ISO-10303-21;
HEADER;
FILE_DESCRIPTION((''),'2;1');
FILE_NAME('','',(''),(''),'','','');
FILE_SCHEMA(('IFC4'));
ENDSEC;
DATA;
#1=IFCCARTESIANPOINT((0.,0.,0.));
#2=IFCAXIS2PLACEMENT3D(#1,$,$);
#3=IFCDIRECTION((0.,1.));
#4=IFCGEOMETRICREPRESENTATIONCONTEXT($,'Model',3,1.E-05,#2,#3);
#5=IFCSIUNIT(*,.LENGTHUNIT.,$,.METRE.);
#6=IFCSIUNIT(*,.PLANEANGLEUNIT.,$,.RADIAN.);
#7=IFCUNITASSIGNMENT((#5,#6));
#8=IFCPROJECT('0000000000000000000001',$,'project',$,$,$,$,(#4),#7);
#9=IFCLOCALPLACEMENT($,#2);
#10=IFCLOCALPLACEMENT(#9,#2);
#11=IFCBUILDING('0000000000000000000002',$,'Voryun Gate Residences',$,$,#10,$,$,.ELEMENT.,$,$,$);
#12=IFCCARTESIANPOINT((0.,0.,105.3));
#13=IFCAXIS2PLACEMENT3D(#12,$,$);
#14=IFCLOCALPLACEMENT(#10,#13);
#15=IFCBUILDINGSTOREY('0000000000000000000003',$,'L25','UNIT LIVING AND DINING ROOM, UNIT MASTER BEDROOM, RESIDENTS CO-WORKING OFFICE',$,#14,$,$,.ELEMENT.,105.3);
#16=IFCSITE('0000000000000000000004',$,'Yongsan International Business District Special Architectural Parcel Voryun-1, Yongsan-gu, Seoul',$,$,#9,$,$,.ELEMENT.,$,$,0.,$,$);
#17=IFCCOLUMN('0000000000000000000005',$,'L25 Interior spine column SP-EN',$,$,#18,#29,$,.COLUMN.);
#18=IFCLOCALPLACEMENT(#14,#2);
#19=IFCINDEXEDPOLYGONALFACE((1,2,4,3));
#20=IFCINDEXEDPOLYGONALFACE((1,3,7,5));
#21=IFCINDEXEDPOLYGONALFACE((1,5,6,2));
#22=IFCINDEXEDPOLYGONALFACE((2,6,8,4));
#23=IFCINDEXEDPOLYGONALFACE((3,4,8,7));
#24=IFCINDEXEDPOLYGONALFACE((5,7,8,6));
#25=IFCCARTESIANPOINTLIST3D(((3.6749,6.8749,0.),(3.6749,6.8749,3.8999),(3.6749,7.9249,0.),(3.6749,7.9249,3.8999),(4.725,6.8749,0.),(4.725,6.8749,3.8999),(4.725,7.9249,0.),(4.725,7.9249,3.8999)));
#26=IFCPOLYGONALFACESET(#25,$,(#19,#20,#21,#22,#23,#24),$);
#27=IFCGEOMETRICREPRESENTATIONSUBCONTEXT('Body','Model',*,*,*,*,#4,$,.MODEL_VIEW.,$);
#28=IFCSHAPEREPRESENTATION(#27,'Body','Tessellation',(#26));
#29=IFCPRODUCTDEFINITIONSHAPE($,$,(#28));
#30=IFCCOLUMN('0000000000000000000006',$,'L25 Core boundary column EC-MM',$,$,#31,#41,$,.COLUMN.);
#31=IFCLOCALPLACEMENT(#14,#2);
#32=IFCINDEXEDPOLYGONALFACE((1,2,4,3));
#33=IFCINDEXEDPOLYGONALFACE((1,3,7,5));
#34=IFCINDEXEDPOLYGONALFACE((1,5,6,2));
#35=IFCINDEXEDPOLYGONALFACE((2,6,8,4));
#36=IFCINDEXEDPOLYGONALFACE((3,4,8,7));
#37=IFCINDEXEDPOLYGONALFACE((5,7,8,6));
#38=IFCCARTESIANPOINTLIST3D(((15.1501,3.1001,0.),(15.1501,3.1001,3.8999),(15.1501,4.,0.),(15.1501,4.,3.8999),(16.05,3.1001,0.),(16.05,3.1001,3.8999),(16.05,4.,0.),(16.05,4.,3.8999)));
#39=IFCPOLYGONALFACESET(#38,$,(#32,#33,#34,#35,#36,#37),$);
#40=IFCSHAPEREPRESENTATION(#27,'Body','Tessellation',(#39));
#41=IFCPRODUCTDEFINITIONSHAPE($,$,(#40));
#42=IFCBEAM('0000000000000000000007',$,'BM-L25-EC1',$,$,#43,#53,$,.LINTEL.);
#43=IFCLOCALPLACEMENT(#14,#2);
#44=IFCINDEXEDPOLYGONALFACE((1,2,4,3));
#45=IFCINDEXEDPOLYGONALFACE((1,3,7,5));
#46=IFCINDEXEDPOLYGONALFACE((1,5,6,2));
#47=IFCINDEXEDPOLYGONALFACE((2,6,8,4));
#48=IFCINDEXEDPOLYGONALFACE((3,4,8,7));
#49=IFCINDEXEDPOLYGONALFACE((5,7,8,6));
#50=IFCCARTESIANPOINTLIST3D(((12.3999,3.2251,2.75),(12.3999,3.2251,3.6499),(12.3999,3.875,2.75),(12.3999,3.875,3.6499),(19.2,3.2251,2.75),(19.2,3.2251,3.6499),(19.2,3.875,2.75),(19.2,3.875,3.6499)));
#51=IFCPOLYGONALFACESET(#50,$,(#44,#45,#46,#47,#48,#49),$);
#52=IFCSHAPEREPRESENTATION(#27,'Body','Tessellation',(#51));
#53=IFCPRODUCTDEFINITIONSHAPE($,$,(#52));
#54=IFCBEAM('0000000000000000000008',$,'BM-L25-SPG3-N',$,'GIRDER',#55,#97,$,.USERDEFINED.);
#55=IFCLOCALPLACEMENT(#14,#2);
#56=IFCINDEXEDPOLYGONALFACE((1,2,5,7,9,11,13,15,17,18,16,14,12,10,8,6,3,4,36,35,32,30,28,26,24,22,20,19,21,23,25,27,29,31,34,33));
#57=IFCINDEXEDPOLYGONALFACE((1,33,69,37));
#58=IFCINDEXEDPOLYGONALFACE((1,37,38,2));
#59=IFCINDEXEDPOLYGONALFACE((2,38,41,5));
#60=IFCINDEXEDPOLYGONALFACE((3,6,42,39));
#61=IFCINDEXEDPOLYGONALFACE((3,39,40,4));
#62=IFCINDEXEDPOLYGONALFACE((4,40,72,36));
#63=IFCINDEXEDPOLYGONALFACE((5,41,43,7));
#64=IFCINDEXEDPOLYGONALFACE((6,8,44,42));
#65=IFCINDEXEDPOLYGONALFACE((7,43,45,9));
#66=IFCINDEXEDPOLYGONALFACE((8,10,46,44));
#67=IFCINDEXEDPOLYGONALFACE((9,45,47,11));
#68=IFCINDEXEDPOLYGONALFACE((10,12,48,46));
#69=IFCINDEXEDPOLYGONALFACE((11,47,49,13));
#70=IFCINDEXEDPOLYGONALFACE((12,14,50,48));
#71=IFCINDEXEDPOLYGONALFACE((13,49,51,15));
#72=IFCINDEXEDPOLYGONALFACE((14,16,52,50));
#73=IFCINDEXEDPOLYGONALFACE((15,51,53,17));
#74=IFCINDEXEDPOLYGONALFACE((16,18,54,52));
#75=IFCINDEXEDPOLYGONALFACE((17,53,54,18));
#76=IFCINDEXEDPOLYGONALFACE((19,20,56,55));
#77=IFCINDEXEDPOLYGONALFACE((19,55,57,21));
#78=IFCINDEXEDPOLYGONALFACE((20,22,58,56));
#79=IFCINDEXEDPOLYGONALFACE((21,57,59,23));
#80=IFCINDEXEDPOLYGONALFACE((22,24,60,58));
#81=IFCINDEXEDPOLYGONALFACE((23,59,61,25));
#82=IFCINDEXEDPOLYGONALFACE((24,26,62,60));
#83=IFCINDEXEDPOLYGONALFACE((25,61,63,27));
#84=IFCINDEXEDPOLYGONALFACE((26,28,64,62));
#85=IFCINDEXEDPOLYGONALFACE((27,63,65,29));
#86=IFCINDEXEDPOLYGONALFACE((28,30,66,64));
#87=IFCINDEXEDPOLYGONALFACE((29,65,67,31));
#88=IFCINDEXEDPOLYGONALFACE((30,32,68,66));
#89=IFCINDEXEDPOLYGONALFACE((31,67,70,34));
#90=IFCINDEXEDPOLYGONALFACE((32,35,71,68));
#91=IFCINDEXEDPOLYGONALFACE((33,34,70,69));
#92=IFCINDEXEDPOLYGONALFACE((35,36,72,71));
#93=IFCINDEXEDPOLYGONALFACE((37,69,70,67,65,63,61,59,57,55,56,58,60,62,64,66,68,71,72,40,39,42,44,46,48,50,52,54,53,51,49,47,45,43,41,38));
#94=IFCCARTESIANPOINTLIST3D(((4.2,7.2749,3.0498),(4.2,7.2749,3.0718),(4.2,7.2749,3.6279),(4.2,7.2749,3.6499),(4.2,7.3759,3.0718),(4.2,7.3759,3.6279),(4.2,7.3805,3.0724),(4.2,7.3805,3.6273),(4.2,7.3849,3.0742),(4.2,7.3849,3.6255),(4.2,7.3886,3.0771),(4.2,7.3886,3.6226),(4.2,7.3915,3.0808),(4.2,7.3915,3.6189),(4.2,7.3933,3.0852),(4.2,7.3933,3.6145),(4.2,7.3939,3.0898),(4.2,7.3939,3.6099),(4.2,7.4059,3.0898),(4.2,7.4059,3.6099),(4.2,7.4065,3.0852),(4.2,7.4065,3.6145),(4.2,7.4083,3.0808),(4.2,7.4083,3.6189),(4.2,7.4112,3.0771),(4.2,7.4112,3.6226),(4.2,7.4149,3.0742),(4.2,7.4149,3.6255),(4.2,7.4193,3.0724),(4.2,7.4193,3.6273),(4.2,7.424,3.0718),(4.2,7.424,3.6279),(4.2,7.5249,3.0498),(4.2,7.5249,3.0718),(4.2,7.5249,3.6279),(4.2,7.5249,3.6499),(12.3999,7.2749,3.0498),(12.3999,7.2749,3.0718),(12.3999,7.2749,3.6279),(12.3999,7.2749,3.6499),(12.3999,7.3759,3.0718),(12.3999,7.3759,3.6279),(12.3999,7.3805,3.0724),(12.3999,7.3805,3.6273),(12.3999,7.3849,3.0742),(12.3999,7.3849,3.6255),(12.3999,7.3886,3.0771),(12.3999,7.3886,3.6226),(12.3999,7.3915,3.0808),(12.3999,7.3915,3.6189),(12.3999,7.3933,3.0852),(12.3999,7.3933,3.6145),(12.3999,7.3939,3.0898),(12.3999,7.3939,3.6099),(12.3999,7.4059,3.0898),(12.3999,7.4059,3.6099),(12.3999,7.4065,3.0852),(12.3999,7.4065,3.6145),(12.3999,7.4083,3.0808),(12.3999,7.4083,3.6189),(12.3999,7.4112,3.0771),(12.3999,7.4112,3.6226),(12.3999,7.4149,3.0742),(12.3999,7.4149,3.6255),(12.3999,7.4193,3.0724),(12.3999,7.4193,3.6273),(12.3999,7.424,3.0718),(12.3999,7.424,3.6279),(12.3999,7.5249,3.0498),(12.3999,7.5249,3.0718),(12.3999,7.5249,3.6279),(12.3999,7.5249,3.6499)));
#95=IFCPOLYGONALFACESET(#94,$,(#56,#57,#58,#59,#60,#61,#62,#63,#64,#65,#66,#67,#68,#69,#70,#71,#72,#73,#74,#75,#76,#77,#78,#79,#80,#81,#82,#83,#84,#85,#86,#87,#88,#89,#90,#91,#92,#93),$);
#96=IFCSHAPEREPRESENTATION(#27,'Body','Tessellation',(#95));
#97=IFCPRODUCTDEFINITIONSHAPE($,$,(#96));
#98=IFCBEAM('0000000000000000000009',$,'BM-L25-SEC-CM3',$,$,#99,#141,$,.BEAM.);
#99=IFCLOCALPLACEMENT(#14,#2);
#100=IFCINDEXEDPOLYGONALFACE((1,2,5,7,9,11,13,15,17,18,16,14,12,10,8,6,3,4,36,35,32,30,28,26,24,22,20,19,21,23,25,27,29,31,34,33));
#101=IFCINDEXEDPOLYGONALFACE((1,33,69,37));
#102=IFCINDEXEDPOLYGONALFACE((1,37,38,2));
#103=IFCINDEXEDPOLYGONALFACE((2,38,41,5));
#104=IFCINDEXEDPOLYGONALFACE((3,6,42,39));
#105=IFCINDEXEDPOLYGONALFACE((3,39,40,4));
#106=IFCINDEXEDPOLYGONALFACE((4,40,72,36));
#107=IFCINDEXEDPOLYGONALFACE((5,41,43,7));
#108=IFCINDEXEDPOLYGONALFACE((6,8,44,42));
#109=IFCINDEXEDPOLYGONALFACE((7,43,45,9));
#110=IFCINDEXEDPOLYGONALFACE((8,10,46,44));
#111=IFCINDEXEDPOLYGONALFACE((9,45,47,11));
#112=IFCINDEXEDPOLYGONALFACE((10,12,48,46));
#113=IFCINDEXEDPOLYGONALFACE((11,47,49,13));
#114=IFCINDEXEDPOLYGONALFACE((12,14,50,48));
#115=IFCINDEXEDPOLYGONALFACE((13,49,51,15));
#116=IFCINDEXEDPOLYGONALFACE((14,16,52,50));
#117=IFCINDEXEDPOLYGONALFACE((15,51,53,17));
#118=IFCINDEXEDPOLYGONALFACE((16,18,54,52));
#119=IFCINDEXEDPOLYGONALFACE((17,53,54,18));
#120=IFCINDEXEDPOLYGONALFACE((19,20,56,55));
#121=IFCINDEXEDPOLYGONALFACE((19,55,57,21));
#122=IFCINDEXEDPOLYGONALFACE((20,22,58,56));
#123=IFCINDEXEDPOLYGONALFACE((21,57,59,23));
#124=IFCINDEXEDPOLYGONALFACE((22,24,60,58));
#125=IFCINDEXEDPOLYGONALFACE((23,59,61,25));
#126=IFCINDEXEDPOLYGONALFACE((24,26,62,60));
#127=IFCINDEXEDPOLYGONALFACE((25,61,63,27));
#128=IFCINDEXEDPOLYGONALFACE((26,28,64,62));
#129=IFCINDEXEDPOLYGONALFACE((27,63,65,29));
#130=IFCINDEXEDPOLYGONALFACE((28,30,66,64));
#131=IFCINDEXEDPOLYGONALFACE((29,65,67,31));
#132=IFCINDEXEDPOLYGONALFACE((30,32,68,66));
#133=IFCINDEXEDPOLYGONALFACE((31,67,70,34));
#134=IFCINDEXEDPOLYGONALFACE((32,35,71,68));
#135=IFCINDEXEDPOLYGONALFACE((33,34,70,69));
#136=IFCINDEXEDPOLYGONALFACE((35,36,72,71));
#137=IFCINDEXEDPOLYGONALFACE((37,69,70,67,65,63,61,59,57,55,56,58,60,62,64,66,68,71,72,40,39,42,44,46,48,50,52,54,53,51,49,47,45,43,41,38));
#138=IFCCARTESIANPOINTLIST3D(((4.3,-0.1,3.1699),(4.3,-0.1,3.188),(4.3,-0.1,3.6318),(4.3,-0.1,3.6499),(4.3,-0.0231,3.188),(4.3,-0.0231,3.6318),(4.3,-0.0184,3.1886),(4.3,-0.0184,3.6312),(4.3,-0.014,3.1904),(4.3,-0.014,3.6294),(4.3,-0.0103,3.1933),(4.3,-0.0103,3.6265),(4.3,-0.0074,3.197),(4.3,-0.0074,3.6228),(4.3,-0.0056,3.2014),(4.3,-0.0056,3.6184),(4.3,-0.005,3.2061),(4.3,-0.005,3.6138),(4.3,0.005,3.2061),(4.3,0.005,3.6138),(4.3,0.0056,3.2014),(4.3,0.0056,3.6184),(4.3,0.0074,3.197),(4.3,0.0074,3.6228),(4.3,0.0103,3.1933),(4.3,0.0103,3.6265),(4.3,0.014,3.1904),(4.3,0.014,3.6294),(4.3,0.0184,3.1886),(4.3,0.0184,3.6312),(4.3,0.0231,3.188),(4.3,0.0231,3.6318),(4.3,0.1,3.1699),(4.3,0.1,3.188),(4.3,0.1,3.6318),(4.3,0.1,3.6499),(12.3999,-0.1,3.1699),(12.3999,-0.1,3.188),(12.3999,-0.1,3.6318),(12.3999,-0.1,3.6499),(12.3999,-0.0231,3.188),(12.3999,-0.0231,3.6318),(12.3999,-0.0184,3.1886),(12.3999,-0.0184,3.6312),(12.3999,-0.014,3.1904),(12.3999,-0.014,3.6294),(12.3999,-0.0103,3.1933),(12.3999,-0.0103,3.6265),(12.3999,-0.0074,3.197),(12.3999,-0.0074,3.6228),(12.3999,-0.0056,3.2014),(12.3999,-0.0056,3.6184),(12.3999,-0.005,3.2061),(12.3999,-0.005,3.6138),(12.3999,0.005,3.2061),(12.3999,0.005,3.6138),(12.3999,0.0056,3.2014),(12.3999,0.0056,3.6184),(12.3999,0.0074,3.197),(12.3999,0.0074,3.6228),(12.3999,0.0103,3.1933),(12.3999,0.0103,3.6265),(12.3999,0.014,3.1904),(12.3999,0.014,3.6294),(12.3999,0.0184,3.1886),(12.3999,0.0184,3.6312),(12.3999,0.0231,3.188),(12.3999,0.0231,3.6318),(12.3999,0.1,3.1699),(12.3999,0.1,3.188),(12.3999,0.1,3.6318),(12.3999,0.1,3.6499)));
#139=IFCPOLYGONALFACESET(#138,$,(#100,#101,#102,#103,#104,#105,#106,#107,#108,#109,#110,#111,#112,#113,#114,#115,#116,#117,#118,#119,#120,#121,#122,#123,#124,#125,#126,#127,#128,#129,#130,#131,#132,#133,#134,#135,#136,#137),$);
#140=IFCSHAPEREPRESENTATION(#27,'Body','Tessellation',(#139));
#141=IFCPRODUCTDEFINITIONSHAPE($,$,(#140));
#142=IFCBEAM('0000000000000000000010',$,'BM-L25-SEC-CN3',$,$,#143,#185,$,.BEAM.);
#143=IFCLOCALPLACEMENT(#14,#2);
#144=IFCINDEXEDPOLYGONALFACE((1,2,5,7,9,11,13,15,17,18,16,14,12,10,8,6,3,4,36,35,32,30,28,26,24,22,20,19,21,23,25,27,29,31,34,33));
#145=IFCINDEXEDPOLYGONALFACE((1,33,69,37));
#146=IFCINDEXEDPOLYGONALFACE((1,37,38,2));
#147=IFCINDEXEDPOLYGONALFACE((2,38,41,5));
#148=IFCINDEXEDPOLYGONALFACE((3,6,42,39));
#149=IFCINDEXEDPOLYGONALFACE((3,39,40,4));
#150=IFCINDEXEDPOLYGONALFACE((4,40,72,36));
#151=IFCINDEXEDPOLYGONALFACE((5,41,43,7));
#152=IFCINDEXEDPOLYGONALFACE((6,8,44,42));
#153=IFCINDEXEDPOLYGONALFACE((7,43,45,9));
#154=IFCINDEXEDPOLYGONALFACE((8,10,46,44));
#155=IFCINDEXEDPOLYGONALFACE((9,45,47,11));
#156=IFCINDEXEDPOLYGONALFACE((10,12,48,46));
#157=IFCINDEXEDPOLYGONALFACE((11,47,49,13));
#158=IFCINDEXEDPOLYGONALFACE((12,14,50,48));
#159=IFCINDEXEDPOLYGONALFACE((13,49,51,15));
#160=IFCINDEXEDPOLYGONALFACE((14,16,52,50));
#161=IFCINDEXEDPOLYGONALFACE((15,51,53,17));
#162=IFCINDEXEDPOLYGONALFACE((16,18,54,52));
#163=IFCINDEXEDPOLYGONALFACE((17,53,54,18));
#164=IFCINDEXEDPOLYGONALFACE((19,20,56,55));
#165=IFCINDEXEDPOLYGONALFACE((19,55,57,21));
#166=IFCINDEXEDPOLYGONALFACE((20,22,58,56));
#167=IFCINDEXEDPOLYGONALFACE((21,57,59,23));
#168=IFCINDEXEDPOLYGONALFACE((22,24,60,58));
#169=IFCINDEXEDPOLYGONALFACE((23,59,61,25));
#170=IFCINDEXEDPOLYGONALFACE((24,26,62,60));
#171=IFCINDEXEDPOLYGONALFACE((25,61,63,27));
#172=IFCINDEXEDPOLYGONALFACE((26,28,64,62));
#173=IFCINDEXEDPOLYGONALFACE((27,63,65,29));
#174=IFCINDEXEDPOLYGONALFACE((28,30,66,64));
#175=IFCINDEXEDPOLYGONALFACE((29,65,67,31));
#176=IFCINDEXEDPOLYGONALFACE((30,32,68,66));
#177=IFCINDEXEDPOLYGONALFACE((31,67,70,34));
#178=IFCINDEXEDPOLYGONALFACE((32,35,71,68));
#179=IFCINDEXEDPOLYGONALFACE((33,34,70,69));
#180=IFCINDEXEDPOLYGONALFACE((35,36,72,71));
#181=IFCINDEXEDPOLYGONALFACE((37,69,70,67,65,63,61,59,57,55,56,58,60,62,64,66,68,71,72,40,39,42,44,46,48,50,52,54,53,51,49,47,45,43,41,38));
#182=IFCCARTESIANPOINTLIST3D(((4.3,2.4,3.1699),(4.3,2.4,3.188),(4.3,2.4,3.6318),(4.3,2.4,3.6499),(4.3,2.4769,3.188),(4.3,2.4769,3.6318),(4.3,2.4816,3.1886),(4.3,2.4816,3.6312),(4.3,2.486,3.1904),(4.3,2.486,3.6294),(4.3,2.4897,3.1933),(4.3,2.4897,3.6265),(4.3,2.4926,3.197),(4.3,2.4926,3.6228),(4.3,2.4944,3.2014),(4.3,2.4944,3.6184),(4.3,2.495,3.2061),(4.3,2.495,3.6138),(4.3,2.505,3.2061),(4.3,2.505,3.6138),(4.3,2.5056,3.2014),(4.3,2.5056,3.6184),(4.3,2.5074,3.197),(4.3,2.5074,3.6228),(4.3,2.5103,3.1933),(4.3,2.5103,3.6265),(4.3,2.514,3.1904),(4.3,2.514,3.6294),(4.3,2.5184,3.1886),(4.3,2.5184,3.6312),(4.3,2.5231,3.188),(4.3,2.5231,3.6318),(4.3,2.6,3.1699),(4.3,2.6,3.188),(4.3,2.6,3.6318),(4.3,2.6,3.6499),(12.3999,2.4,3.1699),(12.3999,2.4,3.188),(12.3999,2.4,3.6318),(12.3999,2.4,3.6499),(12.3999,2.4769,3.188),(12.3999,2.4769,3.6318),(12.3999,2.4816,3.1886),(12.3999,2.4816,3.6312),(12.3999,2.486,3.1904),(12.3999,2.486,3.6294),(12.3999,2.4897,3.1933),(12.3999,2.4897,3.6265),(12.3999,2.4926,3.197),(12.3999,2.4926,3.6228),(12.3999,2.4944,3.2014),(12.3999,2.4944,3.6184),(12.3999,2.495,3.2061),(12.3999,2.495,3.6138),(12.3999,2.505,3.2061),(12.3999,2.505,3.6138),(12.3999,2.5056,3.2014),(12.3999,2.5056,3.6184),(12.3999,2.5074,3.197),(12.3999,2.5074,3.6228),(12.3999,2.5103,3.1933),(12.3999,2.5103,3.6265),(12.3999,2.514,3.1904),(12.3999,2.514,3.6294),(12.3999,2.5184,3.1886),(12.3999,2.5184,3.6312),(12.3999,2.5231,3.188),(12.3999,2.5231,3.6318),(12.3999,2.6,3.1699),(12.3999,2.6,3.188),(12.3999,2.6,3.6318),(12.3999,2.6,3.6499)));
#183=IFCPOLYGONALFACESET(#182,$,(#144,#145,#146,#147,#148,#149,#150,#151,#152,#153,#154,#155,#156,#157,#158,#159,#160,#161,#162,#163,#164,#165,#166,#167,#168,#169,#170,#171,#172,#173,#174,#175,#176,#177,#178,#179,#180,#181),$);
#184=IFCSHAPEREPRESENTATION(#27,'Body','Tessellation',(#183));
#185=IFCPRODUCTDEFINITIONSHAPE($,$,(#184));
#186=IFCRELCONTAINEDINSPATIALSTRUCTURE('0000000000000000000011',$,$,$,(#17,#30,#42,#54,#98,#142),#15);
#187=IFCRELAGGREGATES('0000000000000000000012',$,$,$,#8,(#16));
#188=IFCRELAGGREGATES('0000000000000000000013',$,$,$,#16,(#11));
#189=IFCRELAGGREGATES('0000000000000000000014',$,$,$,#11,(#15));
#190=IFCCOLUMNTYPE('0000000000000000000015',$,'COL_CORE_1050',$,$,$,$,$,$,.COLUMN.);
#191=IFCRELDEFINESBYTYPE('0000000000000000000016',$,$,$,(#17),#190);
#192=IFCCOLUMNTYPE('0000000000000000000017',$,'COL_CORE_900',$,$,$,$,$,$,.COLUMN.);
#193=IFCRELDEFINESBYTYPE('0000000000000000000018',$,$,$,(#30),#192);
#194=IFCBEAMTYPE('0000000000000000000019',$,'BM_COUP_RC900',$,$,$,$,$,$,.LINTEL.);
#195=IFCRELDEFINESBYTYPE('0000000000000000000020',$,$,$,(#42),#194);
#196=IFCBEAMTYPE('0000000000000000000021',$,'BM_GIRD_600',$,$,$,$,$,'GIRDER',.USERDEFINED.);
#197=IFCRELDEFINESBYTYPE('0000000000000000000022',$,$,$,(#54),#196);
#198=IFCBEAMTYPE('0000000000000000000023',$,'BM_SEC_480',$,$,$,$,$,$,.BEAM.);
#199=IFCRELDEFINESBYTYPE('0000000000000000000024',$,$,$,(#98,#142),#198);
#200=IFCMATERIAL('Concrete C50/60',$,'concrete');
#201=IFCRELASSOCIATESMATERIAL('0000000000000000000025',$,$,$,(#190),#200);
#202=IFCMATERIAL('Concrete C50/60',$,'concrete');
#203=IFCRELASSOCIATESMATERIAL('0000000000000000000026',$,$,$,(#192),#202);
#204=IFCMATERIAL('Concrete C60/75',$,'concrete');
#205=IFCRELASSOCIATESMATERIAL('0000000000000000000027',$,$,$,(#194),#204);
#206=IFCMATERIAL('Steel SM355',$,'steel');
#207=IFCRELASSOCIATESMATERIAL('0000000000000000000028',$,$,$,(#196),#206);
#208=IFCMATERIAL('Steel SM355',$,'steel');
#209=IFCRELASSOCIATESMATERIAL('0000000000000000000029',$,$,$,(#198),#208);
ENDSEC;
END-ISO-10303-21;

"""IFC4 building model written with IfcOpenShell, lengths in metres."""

from ifc_helpers import new_model, si_unit, direction, frame, origin, origin_2d, place, context, subcontext, project, spatial, rectangle, i_section, extrude, material, material_profile, profile_set, type_object, element, save


model = new_model("IFC4")

# Units and contexts
model_context = context("Model", 3, precision=1e-05, world=origin(), true_north=direction((0.0, 1.0)))
body_context = subcontext(model_context, "Body", "Model", "MODEL_VIEW")
ifc_project = project(units=[si_unit("LENGTHUNIT", "METRE"), si_unit("PLANEANGLEUNIT", "RADIAN")], contexts=[model_context])

# Site, building, storey
site_placement = place(None, origin())
site = spatial("IfcSite", under=ifc_project, at=site_placement, Name="Yongsan International Business District Special Architectural Parcel Voryun-1, Yongsan-gu, Seoul", CompositionType="ELEMENT", RefElevation=0.0)
building_placement = place(site_placement, origin())
building = spatial("IfcBuilding", under=site, at=building_placement, Name="Voryun Gate Residences", CompositionType="ELEMENT")
storey_placement = place(building_placement, frame((0.0, 0.0, 105.3)))
storey = spatial("IfcBuildingStorey", under=building, at=storey_placement, Name="L25", Description="UNIT LIVING AND DINING ROOM, UNIT MASTER BEDROOM, RESIDENTS CO-WORKING OFFICE", CompositionType="ELEMENT", Elevation=105.3)

# Columns
ifc_material_1 = material(Name="Concrete C50/60", Category="concrete")
ifc_material_profile_1 = material_profile(ifc_material_1, rectangle(XDim=1.05, YDim=1.05, at=origin_2d()), Name="RC-1050x1050")
ifc_profile_set_1 = profile_set([ifc_material_profile_1], Name="Concrete C50/60")
column_type_1 = type_object("IfcColumnType", Name="COL_CORE_1050", PredefinedType="COLUMN", material=ifc_profile_set_1)
column_1_placement = place(storey_placement, frame((4.2, 7.3999, 0.0), z_axis=(0.0, 0.0, 1.0), x_axis=(1.0, 0.0, 0.0)))
element("IfcColumn", 1, at=column_1_placement, inside=storey, type_object=column_type_1, Name="L25 Interior spine column SP-EN", PredefinedType="COLUMN", context=body_context, shape_type="SweptSolid", body=[
    extrude(rectangle(XDim=1.05, YDim=1.05, at=origin_2d()), origin(), (0.0, 0.0, 1.0), 3.8999),
])
ifc_material_2 = material(Name="Concrete C50/60", Category="concrete")
ifc_material_profile_2 = material_profile(ifc_material_2, rectangle(XDim=0.8999, YDim=0.8999, at=origin_2d()), Name="RC-900x900")
ifc_profile_set_2 = profile_set([ifc_material_profile_2], Name="Concrete C50/60")
column_type_2 = type_object("IfcColumnType", Name="COL_CORE_900", PredefinedType="COLUMN", material=ifc_profile_set_2)
column_2_placement = place(storey_placement, frame((15.6001, 3.55, 0.0), z_axis=(0.0, 0.0, 1.0), x_axis=(1.0, 0.0, 0.0)))
element("IfcColumn", 2, at=column_2_placement, inside=storey, type_object=column_type_2, Name="L25 Core boundary column EC-MM", PredefinedType="COLUMN", context=body_context, shape_type="SweptSolid", body=[
    extrude(rectangle(XDim=0.8999, YDim=0.8999, at=origin_2d()), origin(), (0.0, 0.0, 1.0), 3.8999),
])

# Beams
ifc_material_3 = material(Name="Concrete C60/75", Category="concrete")
ifc_material_profile_3 = material_profile(ifc_material_3, rectangle(XDim=0.6499, YDim=0.8999, at=origin_2d()), Name="RC-650x900")
ifc_profile_set_3 = profile_set([ifc_material_profile_3], Name="Concrete C60/75")
beam_type_1 = type_object("IfcBeamType", Name="BM_COUP_RC900", PredefinedType="LINTEL", material=ifc_profile_set_3)
beam_1_placement = place(storey_placement, frame((12.3999, 3.55, 3.2), z_axis=(1.0, 0.0, 0.0), x_axis=(0.0, 1.0, 0.0)))
element("IfcBeam", 3, at=beam_1_placement, inside=storey, type_object=beam_type_1, Name="BM-L25-EC1", PredefinedType="LINTEL", context=body_context, shape_type="SweptSolid", body=[
    extrude(rectangle(XDim=0.6499, YDim=0.8999, at=origin_2d()), origin(), (0.0, 0.0, 1.0), 6.8),
])
ifc_material_4 = material(Name="Steel SM355", Category="steel")
ifc_material_profile_4 = material_profile(ifc_material_4, i_section(OverallWidth=0.25, OverallDepth=0.6001, WebThickness=0.012, FlangeThickness=0.022, FilletRadius=0.0181, at=origin_2d()), Name="H-600x250x12x22")
ifc_profile_set_4 = profile_set([ifc_material_profile_4], Name="Steel SM355")
beam_type_2 = type_object("IfcBeamType", Name="BM_GIRD_600", ElementType="GIRDER", PredefinedType="USERDEFINED", material=ifc_profile_set_4)
beam_2_placement = place(storey_placement, frame((4.2, 7.3999, 3.3499), z_axis=(1.0, 0.0, 0.0), x_axis=(0.0, 1.0, 0.0)))
element("IfcBeam", 4, at=beam_2_placement, inside=storey, type_object=beam_type_2, Name="BM-L25-SPG3-N", ObjectType="GIRDER", PredefinedType="USERDEFINED", context=body_context, shape_type="SweptSolid", body=[
    extrude(i_section(OverallWidth=0.25, OverallDepth=0.6001, WebThickness=0.012, FlangeThickness=0.022, FilletRadius=0.0181, at=origin_2d()), origin(), (0.0, 0.0, 1.0), 8.2),
])
ifc_material_5 = material(Name="Steel SM355", Category="steel")
ifc_material_profile_5 = material_profile(ifc_material_5, i_section(OverallWidth=0.2, OverallDepth=0.48, WebThickness=0.01, FlangeThickness=0.0181, FilletRadius=0.0181, at=origin_2d()), Name="H-480x200x10x18")
ifc_profile_set_5 = profile_set([ifc_material_profile_5], Name="Steel SM355")
beam_type_3 = type_object("IfcBeamType", Name="BM_SEC_480", PredefinedType="BEAM", material=ifc_profile_set_5)
for number, where, z_axis, x_axis, name in (
    (5, (4.3, 0.0, 3.4099), (1.0, 0.0, 0.0), (0.0, 1.0, 0.0), "BM-L25-SEC-CM3"),
    (6, (4.3, 2.5, 3.4099), (1.0, 0.0, 0.0), (0.0, 1.0, 0.0), "BM-L25-SEC-CN3"),
):
    element("IfcBeam", number, at=place(storey_placement, frame(where, z_axis=z_axis, x_axis=x_axis)), inside=storey, type_object=beam_type_3, Name=name, PredefinedType="BEAM", context=body_context, shape_type="SweptSolid", body=[
        extrude(i_section(OverallWidth=0.2, OverallDepth=0.48, WebThickness=0.01, FlangeThickness=0.0181, FilletRadius=0.0181, at=origin_2d()), origin(), (0.0, 0.0, 1.0), 8.0999),
    ])

save(model, "model.ifc")
